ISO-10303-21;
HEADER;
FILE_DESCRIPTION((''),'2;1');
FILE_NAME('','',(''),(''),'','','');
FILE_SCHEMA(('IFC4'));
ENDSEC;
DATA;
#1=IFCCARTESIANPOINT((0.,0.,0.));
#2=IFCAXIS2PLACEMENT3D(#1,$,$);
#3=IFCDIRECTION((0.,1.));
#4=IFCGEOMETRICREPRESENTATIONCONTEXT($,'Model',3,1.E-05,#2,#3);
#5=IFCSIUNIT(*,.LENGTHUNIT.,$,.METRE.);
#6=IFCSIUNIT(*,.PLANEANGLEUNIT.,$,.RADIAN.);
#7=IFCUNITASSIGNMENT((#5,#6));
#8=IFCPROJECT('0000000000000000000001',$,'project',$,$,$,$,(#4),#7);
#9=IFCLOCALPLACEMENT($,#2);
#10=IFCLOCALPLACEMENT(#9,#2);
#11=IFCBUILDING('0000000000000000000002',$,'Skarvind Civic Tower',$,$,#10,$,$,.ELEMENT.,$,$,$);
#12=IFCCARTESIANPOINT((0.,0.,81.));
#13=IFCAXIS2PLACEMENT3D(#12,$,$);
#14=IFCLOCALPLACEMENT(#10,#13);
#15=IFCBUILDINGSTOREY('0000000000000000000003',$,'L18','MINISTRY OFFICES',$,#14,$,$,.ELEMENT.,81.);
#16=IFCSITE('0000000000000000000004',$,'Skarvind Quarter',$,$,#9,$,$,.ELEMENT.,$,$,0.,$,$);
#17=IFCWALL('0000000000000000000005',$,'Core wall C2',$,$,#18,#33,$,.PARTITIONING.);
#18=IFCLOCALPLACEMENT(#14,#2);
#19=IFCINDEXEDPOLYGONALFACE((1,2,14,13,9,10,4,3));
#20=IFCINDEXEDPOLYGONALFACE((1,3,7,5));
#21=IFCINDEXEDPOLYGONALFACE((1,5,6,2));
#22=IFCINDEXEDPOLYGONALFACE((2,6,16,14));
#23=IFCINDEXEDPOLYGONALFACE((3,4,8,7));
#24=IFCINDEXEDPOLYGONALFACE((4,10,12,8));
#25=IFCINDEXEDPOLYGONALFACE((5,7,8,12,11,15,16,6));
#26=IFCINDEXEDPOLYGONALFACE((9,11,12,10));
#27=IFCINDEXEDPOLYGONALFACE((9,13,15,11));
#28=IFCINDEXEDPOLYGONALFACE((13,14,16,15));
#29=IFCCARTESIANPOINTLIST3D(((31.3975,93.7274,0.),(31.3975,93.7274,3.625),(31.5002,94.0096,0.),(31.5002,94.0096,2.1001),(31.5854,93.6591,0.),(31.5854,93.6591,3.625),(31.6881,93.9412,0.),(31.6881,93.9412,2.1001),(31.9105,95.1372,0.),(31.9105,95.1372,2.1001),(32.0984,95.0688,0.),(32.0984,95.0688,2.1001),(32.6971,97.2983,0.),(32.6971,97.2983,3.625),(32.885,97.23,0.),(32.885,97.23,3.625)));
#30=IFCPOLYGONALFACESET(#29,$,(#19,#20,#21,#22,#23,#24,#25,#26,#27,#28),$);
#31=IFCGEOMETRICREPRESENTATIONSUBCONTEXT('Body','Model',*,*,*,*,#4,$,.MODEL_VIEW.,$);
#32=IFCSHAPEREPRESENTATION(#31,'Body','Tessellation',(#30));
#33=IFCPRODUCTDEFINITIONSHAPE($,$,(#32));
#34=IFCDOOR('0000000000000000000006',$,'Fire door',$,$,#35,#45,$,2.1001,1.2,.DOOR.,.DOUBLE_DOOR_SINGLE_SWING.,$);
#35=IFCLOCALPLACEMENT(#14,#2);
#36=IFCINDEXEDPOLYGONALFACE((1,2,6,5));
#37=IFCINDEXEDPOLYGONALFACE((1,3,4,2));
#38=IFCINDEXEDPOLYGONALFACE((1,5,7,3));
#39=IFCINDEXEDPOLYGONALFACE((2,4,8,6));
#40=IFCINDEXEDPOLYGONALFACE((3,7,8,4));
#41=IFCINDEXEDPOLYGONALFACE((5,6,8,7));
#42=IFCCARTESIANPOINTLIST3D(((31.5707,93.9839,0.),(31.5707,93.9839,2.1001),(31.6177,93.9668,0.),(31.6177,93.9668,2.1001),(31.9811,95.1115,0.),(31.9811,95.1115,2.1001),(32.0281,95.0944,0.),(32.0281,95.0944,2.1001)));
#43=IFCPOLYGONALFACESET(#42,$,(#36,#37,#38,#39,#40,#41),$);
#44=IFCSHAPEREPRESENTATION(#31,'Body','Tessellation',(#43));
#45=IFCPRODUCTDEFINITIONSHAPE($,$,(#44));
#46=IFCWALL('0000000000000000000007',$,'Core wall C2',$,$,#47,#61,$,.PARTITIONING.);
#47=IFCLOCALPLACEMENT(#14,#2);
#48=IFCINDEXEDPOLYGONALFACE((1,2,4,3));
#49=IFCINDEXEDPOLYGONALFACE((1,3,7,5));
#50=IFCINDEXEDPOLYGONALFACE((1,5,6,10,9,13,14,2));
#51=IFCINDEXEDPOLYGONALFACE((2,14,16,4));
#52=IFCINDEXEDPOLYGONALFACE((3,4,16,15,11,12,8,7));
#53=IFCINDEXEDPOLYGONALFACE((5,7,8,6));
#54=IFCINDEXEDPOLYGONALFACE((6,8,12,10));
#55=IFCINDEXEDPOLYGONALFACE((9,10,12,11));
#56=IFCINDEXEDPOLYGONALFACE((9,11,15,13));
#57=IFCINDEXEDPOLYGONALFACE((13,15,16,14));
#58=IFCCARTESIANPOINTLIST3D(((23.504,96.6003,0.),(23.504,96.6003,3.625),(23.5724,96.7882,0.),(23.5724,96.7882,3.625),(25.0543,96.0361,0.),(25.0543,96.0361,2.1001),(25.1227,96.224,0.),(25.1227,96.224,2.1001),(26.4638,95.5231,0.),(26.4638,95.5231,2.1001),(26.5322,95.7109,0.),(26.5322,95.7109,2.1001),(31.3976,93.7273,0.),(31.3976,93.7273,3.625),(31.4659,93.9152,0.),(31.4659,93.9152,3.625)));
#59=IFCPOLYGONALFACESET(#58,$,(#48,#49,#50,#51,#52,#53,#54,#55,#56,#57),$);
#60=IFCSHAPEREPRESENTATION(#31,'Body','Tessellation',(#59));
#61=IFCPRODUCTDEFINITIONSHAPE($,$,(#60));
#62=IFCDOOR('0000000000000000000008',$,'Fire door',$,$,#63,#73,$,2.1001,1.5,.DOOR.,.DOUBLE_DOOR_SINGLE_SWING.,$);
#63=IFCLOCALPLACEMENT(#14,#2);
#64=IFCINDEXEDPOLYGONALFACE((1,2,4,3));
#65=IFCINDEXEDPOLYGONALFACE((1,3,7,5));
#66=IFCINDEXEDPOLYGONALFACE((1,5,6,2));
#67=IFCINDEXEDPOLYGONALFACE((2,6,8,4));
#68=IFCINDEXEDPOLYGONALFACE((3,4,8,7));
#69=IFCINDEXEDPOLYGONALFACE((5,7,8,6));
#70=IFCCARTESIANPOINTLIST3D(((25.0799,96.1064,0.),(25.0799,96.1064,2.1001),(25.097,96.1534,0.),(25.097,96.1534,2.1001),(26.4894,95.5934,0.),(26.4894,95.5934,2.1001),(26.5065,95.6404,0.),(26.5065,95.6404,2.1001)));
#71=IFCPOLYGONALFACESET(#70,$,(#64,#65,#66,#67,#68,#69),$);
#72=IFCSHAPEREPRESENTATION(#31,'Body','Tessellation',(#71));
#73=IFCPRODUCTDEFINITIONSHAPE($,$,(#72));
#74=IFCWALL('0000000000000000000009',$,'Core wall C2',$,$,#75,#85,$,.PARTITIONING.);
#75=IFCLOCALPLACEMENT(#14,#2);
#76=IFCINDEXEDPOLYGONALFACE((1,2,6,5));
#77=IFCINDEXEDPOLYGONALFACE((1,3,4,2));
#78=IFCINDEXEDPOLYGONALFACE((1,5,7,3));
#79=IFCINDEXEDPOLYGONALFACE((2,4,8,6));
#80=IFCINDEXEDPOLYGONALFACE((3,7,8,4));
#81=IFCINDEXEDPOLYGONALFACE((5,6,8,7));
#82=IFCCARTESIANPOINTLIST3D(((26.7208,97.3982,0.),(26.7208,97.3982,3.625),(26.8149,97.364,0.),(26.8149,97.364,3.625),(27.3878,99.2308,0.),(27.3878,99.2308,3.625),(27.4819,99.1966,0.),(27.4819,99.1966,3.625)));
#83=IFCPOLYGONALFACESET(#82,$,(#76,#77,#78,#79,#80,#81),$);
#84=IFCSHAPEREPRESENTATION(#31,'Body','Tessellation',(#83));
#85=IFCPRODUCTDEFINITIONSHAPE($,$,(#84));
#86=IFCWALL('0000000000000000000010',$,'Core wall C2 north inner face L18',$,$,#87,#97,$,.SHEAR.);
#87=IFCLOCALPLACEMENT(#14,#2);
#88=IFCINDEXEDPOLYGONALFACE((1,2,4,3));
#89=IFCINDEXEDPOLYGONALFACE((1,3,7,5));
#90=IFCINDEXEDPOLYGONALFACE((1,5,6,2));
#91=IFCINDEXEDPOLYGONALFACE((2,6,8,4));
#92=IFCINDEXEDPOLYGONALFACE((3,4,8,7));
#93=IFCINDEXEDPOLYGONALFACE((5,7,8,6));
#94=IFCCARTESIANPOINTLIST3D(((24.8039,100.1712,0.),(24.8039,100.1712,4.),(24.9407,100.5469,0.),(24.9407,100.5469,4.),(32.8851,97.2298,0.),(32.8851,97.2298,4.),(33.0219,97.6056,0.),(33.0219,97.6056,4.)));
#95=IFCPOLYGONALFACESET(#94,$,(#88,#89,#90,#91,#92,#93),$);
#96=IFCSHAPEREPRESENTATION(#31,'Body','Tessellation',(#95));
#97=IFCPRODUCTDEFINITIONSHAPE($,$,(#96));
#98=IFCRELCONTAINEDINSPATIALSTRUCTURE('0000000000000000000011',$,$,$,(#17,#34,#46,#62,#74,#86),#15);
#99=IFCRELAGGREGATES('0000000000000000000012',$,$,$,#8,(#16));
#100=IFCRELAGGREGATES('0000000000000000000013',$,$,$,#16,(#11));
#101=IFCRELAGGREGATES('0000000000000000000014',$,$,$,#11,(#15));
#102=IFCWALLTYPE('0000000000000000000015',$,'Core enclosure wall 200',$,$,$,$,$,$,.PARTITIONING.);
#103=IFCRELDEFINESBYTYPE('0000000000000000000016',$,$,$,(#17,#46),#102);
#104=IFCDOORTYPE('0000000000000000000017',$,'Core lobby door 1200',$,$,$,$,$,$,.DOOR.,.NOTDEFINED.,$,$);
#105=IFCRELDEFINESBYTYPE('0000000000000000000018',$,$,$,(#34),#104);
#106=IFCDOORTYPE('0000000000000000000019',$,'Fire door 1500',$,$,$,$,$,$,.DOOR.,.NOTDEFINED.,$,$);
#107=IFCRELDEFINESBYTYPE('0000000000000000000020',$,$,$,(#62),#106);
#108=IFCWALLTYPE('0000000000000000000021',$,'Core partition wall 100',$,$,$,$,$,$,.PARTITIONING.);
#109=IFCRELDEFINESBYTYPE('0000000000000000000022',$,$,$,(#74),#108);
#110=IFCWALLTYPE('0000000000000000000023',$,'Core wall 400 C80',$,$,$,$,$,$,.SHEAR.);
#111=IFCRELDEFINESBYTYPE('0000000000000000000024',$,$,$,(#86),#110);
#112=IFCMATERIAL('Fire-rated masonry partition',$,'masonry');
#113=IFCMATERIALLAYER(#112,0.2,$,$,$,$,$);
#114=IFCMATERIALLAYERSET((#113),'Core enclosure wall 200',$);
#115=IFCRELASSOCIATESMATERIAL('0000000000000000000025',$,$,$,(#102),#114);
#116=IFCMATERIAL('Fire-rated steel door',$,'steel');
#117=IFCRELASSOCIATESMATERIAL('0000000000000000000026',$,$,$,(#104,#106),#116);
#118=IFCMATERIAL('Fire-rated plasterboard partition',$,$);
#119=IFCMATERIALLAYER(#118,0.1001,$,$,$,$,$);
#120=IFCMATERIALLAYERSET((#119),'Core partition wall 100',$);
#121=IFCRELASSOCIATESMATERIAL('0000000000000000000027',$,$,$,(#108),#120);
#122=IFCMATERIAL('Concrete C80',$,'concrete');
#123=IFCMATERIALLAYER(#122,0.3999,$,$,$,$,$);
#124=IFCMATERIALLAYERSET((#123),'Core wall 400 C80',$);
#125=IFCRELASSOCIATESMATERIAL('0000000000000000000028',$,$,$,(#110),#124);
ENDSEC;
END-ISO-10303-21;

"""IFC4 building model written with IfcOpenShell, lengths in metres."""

from ifc_helpers import new_model, si_unit, direction, frame, frame_2d, origin, place, context, subcontext, project, spatial, rectangle, extrude, material, layer, layer_set, type_object, element, fill, save


model = new_model("IFC4")

# Units and contexts
model_context = context("Model", 3, precision=1e-05, world=origin(), true_north=direction((0.0, 1.0)))
body_context = subcontext(model_context, "Body", "Model", "MODEL_VIEW")
ifc_project = project(units=[si_unit("LENGTHUNIT", "METRE"), si_unit("PLANEANGLEUNIT", "RADIAN")], contexts=[model_context])

# Site, building, storey
site_placement = place(None, origin())
site = spatial("IfcSite", under=ifc_project, at=site_placement, Name="Skarvind Quarter", CompositionType="ELEMENT", RefElevation=0.0)
building_placement = place(site_placement, origin())
building = spatial("IfcBuilding", under=site, at=building_placement, Name="Skarvind Civic Tower", CompositionType="ELEMENT")
storey_placement = place(building_placement, frame((0.0, 0.0, 81.0)))
storey = spatial("IfcBuildingStorey", under=building, at=storey_placement, Name="L18", Description="MINISTRY OFFICES", CompositionType="ELEMENT", Elevation=81.0)

# Walls, openings, doors
ifc_material_1 = material(Name="Fire-rated masonry partition", Category="masonry")
ifc_layer_1 = layer(ifc_material_1, 0.2)
ifc_layer_set_1 = layer_set([ifc_layer_1], Name="Core enclosure wall 200")
wall_type_1 = type_object("IfcWallType", Name="Core enclosure wall 200", PredefinedType="PARTITIONING", material=ifc_layer_set_1)
wall_1_placement = place(storey_placement, frame((31.4915, 93.6934, 0.0), z_axis=(0.0, 0.0, 1.0), x_axis=(0.341996, 0.939701, 0.0)))
wall_1 = element("IfcWall", 1, at=wall_1_placement, inside=storey, type_object=wall_type_1, Name="Core wall C2", PredefinedType="PARTITIONING", context=body_context, shape_type="SweptSolid", body=[
    extrude(rectangle(XDim=3.8, YDim=0.2, at=frame_2d((1.8999, 0.0))), origin(), (0.0, 0.0, 1.0), 3.625),
])
opening_1_placement = place(wall_1_placement, frame((0.3, 0.0, 0.0)))
opening_1 = element("IfcOpeningElement", 2, at=opening_1_placement, cuts=wall_1, PredefinedType="OPENING", context=body_context, shape_type="SweptSolid", body=[
    extrude(rectangle(XDim=1.2, YDim=2.1001, at=frame_2d((0.6001, 1.05))), frame((0.0, 0.1099, 0.0), z_axis=(0.0, -1.0, 0.0), x_axis=(1.0, 0.0, 0.0)), (0.0, 0.0, 1.0), 0.22),
])
ifc_material_2 = material(Name="Fire-rated steel door", Category="steel")
door_type_1 = type_object("IfcDoorType", Name="Core lobby door 1200", OperationType="NOTDEFINED", PredefinedType="DOOR", material=ifc_material_2)
door_1_placement = place(opening_1_placement, origin())
door_1 = element("IfcDoor", 3, at=door_1_placement, inside=storey, type_object=door_type_1, Name="Fire door", OperationType="DOUBLE_DOOR_SINGLE_SWING", OverallHeight=2.1001, OverallWidth=1.2, PredefinedType="DOOR", context=body_context, shape_type="SweptSolid", body=[
    extrude(rectangle(XDim=1.2, YDim=2.1001, at=frame_2d((0.6001, 1.05))), frame((0.0, 0.0249, 0.0), z_axis=(0.0, -1.0, 0.0), x_axis=(1.0, 0.0, 0.0)), (0.0, 0.0, 1.0), 0.05),
])
fill(opening_1, door_1)
wall_2_placement = place(storey_placement, frame((23.5381, 96.6943, 0.0), z_axis=(0.0, 0.0, 1.0), x_axis=(0.939692, -0.342023, 0.0)))
wall_2 = element("IfcWall", 4, at=wall_2_placement, inside=storey, type_object=wall_type_1, Name="Core wall C2", PredefinedType="PARTITIONING", context=body_context, shape_type="SweptSolid", body=[
    extrude(rectangle(XDim=8.4001, YDim=0.2, at=frame_2d((4.2002, 0.0))), origin(), (0.0, 0.0, 1.0), 3.625),
])
opening_2_placement = place(wall_2_placement, frame((1.6499, 0.0, 0.0)))
opening_2 = element("IfcOpeningElement", 5, at=opening_2_placement, cuts=wall_2, PredefinedType="OPENING", context=body_context, shape_type="SweptSolid", body=[
    extrude(rectangle(XDim=1.5, YDim=2.1001, at=frame_2d((0.75, 1.05))), frame((0.0, 0.1099, 0.0), z_axis=(0.0, -1.0, 0.0), x_axis=(1.0, 0.0, 0.0)), (0.0, 0.0, 1.0), 0.22),
])
door_type_2 = type_object("IfcDoorType", Name="Fire door 1500", OperationType="NOTDEFINED", PredefinedType="DOOR", material=ifc_material_2)
door_2_placement = place(opening_2_placement, origin())
door_2 = element("IfcDoor", 6, at=door_2_placement, inside=storey, type_object=door_type_2, Name="Fire door", OperationType="DOUBLE_DOOR_SINGLE_SWING", OverallHeight=2.1001, OverallWidth=1.5, PredefinedType="DOOR", context=body_context, shape_type="SweptSolid", body=[
    extrude(rectangle(XDim=1.5, YDim=2.1001, at=frame_2d((0.75, 1.05))), frame((0.0, 0.0249, 0.0), z_axis=(0.0, -1.0, 0.0), x_axis=(1.0, 0.0, 0.0)), (0.0, 0.0, 1.0), 0.05),
])
fill(opening_2, door_2)

# Walls
ifc_material_3 = material(Name="Fire-rated plasterboard partition")
ifc_layer_2 = layer(ifc_material_3, 0.1001)
ifc_layer_set_2 = layer_set([ifc_layer_2], Name="Core partition wall 100")
wall_type_2 = type_object("IfcWallType", Name="Core partition wall 100", PredefinedType="PARTITIONING", material=ifc_layer_set_2)
wall_3_placement = place(storey_placement, frame((26.7678, 97.3811, 0.0), z_axis=(0.0, 0.0, 1.0), x_axis=(0.342025, 0.939691, 0.0)))
element("IfcWall", 7, at=wall_3_placement, inside=storey, type_object=wall_type_2, Name="Core wall C2", PredefinedType="PARTITIONING", context=body_context, shape_type="SweptSolid", body=[
    extrude(rectangle(XDim=1.9502, YDim=0.1001, at=frame_2d((0.9751, 0.0))), origin(), (0.0, 0.0, 1.0), 3.625),
])
ifc_material_4 = material(Name="Concrete C80", Category="concrete")
ifc_layer_3 = layer(ifc_material_4, 0.3999)
ifc_layer_set_3 = layer_set([ifc_layer_3], Name="Core wall 400 C80")
wall_type_3 = type_object("IfcWallType", Name="Core wall 400 C80", PredefinedType="SHEAR", material=ifc_layer_set_3)
wall_4_placement = place(storey_placement, frame((32.9534, 97.4177, 0.0), z_axis=(0.0, 0.0, 1.0), x_axis=(-0.939691, 0.342026, 0.0)))
element("IfcWall", 8, at=wall_4_placement, inside=storey, type_object=wall_type_3, Name="Core wall C2 north inner face L18", PredefinedType="SHEAR", context=body_context, shape_type="SweptSolid", body=[
    extrude(rectangle(XDim=8.5999, YDim=0.3999, at=frame_2d((4.2998, 0.0))), origin(), (0.0, 0.0, 1.0), 4.0),
])

save(model, "model.ifc")
